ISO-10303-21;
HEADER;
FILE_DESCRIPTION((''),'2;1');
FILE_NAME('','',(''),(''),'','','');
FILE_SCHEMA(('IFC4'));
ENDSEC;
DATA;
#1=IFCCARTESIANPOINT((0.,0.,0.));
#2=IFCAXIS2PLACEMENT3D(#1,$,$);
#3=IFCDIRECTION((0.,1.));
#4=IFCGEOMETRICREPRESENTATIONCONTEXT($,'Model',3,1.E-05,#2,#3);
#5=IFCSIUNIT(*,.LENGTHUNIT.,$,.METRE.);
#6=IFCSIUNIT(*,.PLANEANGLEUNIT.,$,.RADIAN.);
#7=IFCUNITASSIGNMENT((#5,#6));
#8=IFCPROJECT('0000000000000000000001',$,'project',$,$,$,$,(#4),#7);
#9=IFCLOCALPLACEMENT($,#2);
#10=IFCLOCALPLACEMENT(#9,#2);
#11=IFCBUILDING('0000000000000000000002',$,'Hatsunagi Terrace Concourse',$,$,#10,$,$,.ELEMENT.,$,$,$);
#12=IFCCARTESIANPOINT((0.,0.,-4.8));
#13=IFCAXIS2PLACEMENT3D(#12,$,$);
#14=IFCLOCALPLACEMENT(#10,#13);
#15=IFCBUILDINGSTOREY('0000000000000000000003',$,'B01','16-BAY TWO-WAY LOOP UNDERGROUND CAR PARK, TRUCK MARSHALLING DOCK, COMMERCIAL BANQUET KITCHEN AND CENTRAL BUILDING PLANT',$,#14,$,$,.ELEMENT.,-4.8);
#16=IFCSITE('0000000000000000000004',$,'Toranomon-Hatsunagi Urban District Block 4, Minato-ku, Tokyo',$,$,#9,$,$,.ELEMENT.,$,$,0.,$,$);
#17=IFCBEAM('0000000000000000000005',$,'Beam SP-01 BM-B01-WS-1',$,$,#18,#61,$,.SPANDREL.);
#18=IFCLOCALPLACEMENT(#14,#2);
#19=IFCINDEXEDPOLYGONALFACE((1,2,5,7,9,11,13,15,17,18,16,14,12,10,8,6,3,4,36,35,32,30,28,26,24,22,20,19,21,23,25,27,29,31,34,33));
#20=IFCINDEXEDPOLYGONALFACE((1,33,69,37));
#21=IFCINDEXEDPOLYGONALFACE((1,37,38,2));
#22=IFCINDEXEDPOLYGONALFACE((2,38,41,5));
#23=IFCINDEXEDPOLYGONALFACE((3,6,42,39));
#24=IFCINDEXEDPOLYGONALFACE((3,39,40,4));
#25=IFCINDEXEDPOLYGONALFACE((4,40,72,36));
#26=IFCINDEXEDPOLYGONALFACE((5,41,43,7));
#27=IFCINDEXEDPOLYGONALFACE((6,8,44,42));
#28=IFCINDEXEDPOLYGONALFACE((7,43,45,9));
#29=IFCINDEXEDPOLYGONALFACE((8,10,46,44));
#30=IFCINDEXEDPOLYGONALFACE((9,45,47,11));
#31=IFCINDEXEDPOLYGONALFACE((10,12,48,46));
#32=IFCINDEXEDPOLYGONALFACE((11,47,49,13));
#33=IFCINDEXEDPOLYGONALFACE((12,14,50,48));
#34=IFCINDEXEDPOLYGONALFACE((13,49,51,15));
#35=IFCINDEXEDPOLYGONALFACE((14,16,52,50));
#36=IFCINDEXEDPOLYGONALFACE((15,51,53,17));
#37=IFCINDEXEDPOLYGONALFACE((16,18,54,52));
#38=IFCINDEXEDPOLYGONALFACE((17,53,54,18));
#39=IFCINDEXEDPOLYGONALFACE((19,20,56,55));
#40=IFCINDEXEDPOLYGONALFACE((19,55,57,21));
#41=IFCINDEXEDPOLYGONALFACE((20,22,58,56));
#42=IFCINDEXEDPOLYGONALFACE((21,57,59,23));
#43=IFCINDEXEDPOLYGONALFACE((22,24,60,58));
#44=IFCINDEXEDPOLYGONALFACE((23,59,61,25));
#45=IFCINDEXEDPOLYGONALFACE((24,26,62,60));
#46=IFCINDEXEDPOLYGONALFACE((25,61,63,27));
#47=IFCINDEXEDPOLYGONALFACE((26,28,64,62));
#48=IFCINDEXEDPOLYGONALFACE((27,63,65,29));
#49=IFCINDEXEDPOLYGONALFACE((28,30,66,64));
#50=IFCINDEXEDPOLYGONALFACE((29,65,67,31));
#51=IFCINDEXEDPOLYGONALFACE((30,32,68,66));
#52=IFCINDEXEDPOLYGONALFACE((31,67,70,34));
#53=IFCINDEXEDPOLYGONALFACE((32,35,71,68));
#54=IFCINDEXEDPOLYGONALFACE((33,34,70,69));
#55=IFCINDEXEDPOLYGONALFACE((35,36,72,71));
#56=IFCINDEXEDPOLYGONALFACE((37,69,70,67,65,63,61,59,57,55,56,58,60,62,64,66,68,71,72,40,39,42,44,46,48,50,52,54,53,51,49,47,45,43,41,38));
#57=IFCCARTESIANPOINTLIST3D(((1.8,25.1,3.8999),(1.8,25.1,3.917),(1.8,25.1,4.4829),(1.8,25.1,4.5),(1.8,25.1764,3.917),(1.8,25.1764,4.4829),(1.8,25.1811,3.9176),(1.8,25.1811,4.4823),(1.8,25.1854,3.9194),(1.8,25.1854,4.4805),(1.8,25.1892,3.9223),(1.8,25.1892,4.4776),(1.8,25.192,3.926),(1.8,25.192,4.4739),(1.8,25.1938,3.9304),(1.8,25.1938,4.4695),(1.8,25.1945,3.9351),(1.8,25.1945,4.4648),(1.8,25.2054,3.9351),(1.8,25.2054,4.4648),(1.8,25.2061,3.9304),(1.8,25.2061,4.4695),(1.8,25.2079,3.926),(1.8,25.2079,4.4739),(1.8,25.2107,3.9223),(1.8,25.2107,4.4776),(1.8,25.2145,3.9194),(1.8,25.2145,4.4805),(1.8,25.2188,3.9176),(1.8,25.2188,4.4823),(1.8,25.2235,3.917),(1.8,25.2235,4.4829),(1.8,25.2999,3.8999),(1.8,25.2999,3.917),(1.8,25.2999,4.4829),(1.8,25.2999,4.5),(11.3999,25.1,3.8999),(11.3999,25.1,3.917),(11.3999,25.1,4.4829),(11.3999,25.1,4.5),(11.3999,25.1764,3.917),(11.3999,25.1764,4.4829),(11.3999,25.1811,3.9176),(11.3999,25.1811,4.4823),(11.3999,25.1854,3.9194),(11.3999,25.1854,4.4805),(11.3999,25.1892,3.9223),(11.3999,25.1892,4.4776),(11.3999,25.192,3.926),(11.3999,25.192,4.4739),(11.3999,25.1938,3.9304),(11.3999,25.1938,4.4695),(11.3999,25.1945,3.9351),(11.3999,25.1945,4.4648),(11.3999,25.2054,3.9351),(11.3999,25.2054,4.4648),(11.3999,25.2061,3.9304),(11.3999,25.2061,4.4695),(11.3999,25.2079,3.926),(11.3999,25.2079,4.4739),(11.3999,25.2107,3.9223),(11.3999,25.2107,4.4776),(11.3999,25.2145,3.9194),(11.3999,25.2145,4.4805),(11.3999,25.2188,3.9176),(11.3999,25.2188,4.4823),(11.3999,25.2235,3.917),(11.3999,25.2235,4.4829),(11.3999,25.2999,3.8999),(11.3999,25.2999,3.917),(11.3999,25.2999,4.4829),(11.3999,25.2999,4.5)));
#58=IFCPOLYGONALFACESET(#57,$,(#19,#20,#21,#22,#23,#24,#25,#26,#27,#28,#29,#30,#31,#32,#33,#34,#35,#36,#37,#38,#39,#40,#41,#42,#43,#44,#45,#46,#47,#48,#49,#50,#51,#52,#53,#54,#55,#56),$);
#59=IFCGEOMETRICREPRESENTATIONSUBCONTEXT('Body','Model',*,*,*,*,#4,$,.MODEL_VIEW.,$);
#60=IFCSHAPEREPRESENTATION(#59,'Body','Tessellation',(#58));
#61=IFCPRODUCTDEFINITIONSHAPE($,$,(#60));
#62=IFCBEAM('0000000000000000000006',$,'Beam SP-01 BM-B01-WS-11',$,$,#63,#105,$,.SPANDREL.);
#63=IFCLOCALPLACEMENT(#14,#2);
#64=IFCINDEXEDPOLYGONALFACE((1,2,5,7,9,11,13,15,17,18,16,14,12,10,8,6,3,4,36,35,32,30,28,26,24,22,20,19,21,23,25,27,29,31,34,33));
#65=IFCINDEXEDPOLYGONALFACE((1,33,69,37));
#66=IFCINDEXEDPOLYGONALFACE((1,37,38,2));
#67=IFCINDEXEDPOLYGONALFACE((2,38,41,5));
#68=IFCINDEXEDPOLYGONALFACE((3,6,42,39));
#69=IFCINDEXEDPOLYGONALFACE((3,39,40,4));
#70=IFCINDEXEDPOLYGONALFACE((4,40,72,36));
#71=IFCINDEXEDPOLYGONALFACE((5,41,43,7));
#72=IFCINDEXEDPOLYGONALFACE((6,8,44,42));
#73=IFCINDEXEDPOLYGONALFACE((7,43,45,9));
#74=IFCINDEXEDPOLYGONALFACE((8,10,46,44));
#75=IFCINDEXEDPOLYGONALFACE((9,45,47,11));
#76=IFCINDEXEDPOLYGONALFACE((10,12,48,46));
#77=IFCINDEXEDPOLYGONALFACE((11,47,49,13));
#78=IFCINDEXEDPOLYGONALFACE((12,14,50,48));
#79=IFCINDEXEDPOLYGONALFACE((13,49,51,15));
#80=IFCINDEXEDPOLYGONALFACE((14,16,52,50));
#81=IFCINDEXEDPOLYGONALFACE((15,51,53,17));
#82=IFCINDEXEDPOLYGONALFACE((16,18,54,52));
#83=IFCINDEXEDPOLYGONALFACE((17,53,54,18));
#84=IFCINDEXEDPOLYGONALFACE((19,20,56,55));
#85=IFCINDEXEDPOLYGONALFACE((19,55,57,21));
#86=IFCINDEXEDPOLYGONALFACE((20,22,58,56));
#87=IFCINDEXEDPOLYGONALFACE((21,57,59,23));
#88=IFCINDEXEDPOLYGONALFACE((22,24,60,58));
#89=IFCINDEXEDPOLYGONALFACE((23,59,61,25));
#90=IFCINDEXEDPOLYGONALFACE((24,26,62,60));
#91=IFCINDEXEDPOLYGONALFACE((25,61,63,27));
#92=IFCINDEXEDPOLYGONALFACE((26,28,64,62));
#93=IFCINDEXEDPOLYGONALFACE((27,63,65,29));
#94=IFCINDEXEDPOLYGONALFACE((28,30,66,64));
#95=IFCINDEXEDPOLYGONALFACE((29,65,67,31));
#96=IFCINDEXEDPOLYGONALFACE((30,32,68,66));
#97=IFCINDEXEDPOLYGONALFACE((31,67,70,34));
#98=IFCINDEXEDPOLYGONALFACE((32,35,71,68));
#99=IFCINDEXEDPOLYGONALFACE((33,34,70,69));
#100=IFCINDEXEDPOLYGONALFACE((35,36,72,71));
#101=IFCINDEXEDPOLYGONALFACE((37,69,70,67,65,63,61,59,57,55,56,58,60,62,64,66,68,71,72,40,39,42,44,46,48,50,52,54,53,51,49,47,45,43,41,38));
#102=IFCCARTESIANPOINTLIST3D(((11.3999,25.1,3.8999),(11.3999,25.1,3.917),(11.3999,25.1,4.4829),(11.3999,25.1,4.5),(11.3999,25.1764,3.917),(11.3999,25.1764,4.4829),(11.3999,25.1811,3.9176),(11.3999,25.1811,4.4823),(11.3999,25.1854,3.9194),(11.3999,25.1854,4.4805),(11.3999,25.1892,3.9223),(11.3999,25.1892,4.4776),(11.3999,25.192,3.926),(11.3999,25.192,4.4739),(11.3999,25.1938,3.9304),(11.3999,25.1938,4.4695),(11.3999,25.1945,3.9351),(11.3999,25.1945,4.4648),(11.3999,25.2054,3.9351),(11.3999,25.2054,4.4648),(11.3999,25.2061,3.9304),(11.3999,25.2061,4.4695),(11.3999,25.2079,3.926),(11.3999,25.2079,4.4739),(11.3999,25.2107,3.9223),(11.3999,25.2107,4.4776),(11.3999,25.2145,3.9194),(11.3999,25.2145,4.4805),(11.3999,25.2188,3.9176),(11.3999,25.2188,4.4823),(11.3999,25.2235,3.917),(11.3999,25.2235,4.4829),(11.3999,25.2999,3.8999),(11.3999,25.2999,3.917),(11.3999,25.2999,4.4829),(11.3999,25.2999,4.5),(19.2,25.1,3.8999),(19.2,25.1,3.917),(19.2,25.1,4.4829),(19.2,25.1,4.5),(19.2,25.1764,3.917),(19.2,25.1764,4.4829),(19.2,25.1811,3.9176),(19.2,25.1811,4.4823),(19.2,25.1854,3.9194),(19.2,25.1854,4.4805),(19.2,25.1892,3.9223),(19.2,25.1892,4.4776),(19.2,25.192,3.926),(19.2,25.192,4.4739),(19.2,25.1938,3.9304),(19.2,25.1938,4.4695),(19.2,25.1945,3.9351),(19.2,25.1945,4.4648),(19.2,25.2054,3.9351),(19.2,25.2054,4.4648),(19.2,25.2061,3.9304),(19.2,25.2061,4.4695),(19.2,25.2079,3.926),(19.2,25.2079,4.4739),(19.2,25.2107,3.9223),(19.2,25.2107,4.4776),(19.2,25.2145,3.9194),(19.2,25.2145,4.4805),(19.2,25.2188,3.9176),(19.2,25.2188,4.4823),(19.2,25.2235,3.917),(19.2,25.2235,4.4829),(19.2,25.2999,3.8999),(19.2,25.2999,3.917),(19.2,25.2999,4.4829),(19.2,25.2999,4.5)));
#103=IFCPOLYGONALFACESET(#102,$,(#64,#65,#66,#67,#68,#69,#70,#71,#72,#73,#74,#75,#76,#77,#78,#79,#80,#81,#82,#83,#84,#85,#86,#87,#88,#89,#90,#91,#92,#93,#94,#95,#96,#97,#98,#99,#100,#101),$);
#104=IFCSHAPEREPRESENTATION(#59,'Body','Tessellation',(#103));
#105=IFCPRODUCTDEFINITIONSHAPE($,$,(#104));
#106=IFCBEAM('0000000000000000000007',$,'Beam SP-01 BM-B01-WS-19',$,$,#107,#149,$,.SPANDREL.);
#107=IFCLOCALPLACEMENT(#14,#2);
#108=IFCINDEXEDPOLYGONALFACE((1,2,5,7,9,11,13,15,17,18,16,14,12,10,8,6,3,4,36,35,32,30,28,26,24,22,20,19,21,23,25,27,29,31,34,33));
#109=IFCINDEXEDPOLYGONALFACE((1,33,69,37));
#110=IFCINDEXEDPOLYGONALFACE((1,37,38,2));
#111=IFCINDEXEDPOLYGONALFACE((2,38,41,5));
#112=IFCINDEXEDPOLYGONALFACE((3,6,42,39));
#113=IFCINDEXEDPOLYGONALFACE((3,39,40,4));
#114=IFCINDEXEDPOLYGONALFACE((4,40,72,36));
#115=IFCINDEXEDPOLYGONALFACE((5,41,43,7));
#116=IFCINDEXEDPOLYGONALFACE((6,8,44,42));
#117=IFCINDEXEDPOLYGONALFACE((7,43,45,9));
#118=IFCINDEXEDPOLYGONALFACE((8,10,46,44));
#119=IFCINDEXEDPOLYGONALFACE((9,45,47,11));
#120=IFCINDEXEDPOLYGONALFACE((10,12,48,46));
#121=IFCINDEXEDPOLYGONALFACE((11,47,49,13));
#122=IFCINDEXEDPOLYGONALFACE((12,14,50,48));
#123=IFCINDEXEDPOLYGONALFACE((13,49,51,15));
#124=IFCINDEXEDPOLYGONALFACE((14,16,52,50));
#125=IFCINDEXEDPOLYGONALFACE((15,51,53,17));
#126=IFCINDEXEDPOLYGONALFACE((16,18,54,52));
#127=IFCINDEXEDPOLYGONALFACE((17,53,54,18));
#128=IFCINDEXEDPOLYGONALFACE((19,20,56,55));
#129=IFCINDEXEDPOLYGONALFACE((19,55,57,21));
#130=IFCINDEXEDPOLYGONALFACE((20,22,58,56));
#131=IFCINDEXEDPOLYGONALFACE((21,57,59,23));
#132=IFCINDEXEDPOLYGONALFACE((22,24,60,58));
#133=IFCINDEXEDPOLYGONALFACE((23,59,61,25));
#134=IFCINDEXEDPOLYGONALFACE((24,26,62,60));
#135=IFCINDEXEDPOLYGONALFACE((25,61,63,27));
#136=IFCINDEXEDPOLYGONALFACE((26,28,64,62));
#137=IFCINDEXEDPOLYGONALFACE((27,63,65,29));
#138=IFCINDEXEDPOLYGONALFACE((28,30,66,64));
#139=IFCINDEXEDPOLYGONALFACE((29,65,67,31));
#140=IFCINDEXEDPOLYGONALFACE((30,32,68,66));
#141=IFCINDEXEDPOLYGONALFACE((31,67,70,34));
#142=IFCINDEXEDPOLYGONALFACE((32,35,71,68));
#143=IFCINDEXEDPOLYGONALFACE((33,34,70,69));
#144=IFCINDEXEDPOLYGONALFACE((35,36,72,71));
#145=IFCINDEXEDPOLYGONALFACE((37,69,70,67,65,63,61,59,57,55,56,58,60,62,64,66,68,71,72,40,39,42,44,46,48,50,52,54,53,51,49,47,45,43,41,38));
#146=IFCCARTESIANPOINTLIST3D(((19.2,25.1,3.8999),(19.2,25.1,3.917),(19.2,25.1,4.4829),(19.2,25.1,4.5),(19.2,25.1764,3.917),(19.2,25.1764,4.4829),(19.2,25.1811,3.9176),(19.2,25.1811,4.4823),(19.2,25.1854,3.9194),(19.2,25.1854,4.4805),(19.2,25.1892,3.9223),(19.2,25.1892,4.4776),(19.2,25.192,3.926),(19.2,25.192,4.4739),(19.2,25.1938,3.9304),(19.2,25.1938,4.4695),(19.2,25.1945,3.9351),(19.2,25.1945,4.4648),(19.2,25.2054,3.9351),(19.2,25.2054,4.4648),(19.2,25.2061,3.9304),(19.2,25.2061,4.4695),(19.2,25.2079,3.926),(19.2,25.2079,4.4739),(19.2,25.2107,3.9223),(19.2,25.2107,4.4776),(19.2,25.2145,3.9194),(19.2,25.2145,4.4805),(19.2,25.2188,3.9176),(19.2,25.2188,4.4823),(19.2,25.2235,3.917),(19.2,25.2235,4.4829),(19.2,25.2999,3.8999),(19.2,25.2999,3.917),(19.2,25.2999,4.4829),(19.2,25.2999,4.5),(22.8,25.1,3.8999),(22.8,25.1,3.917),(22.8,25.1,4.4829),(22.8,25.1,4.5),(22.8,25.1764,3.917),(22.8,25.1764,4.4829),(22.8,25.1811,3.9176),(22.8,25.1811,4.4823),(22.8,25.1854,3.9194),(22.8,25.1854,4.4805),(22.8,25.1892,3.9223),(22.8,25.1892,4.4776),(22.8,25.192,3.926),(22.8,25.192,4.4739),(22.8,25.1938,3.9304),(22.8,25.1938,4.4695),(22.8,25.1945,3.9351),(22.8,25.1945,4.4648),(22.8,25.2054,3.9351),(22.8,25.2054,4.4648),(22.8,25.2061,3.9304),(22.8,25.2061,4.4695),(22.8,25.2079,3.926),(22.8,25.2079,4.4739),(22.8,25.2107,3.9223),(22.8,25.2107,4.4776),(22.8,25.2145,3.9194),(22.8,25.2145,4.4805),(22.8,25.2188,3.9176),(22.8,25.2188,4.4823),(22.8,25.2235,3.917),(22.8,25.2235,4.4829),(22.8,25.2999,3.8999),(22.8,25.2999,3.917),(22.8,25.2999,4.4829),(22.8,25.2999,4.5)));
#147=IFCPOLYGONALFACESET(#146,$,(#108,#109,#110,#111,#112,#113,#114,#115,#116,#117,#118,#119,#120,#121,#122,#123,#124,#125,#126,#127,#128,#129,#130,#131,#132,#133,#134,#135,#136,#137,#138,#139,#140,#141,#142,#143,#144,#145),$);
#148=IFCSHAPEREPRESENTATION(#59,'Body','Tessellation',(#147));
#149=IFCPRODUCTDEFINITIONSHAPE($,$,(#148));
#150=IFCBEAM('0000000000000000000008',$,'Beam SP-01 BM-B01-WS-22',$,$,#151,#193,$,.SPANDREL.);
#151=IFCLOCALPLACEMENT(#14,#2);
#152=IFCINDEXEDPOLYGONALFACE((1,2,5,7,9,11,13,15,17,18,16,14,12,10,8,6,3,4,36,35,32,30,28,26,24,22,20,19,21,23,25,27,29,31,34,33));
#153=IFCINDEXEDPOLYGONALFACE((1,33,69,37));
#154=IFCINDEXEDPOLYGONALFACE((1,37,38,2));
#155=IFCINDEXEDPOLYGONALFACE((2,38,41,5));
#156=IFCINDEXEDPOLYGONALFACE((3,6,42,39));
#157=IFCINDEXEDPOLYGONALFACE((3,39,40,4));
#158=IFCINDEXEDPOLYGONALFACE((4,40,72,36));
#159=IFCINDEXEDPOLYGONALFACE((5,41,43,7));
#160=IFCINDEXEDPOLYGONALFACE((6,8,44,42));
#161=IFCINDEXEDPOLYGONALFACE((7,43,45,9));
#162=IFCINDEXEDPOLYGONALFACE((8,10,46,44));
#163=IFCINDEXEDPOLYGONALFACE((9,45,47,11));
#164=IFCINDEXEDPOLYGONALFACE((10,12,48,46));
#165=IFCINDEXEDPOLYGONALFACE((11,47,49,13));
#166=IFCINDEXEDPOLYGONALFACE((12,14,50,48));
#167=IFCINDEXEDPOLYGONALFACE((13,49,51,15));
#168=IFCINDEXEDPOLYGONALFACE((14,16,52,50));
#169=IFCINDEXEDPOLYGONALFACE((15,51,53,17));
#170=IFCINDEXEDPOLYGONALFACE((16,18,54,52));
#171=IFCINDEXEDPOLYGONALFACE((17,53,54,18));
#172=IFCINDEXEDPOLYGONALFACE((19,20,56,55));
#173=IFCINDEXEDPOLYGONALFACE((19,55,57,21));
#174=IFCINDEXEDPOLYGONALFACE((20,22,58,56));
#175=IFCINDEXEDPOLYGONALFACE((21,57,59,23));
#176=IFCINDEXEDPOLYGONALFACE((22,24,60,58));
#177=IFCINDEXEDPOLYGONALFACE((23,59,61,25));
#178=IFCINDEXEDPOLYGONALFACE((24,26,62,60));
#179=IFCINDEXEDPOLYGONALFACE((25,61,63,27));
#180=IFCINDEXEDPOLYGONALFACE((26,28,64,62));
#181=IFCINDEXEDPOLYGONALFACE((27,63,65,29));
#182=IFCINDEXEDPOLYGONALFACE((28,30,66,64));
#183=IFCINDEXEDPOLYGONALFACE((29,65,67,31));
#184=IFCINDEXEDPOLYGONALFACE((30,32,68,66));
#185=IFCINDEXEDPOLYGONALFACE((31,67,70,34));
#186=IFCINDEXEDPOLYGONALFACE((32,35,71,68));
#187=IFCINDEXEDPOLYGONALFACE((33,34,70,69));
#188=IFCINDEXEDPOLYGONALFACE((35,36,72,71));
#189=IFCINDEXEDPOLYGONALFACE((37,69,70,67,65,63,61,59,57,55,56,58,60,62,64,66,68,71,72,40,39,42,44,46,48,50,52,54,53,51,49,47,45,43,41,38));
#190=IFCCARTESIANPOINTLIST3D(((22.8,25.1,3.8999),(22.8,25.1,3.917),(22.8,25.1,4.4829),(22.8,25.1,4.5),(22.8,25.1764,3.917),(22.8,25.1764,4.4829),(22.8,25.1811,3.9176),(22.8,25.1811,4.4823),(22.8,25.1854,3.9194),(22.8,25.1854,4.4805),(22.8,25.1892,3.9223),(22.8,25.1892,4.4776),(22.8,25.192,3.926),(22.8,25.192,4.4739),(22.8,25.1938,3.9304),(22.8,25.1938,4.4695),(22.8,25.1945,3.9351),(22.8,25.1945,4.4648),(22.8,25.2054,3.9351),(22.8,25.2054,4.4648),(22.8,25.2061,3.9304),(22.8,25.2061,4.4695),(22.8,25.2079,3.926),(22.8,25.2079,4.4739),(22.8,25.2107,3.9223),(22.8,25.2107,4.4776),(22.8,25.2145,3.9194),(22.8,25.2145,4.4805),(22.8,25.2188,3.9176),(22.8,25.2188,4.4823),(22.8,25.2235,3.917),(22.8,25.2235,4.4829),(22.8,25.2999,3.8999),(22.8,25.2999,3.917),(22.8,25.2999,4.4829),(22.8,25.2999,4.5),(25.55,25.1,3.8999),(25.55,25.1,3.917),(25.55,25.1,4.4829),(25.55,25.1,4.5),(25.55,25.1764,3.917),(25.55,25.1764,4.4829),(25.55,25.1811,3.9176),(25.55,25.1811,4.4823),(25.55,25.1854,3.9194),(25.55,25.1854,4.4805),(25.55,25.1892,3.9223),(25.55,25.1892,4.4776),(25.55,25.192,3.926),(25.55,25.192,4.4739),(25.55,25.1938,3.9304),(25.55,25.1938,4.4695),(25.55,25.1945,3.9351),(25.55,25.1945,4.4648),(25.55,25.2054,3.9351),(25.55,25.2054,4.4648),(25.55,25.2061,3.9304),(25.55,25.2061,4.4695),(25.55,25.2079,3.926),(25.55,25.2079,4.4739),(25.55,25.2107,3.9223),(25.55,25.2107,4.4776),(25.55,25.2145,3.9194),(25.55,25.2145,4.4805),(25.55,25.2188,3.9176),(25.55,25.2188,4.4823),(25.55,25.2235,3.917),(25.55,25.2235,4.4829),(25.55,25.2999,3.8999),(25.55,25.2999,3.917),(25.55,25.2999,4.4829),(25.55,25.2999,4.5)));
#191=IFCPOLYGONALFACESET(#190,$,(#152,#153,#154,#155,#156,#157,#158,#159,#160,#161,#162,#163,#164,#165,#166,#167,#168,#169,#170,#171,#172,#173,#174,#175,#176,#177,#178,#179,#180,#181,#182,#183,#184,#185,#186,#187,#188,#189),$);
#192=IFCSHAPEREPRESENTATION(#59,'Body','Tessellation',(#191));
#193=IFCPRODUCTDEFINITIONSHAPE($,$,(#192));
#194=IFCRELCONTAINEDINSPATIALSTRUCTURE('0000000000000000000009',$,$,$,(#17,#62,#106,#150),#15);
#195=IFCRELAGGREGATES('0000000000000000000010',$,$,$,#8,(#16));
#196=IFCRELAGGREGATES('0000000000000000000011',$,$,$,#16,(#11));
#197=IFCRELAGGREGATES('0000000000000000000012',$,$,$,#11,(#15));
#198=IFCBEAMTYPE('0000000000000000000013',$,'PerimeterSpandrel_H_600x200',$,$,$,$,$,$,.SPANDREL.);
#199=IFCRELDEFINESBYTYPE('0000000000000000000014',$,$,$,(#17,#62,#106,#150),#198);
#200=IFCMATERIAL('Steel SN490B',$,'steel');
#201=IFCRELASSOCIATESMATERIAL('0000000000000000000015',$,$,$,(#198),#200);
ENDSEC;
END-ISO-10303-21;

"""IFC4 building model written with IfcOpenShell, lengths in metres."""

from ifc_helpers import new_model, si_unit, direction, frame, origin, origin_2d, place, context, subcontext, project, spatial, i_section, extrude, material, material_profile, profile_set, type_object, element, save


model = new_model("IFC4")

# Units and contexts
model_context = context("Model", 3, precision=1e-05, world=origin(), true_north=direction((0.0, 1.0)))
body_context = subcontext(model_context, "Body", "Model", "MODEL_VIEW")
ifc_project = project(units=[si_unit("LENGTHUNIT", "METRE"), si_unit("PLANEANGLEUNIT", "RADIAN")], contexts=[model_context])

# Site, building, storey
site_placement = place(None, origin())
site = spatial("IfcSite", under=ifc_project, at=site_placement, Name="Toranomon-Hatsunagi Urban District Block 4, Minato-ku, Tokyo", CompositionType="ELEMENT", RefElevation=0.0)
building_placement = place(site_placement, origin())
building = spatial("IfcBuilding", under=site, at=building_placement, Name="Hatsunagi Terrace Concourse", CompositionType="ELEMENT")
storey_placement = place(building_placement, frame((0.0, 0.0, -4.8)))
storey = spatial("IfcBuildingStorey", under=building, at=storey_placement, Name="B01", Description="16-BAY TWO-WAY LOOP UNDERGROUND CAR PARK, TRUCK MARSHALLING DOCK, COMMERCIAL BANQUET KITCHEN AND CENTRAL BUILDING PLANT", CompositionType="ELEMENT", Elevation=-4.8)

# Beams
ifc_material_1 = material(Name="Steel SN490B", Category="steel")
ifc_material_profile_1 = material_profile(ifc_material_1, i_section(OverallWidth=0.2, OverallDepth=0.6001, WebThickness=0.011, FlangeThickness=0.0171, FilletRadius=0.0181, at=origin_2d()), Name="H-600x200x11x17")
ifc_profile_set_1 = profile_set([ifc_material_profile_1], Name="Steel SN490B")
beam_type_1 = type_object("IfcBeamType", Name="PerimeterSpandrel_H_600x200", PredefinedType="SPANDREL", material=ifc_profile_set_1)
beam_1_placement = place(storey_placement, frame((1.8, 25.2, 4.2), z_axis=(1.0, 0.0, 0.0), x_axis=(0.0, 1.0, 0.0)))
element("IfcBeam", 1, at=beam_1_placement, inside=storey, type_object=beam_type_1, Name="Beam SP-01 BM-B01-WS-1", PredefinedType="SPANDREL", context=body_context, shape_type="SweptSolid", body=[
    extrude(i_section(OverallWidth=0.2, OverallDepth=0.6001, WebThickness=0.011, FlangeThickness=0.0171, FilletRadius=0.0181, at=origin_2d()), origin(), (0.0, 0.0, 1.0), 9.5999),
])
beam_2_placement = place(storey_placement, frame((11.3999, 25.2, 4.2), z_axis=(1.0, 0.0, 0.0), x_axis=(0.0, 1.0, 0.0)))
element("IfcBeam", 2, at=beam_2_placement, inside=storey, type_object=beam_type_1, Name="Beam SP-01 BM-B01-WS-11", PredefinedType="SPANDREL", context=body_context, shape_type="SweptSolid", body=[
    extrude(i_section(OverallWidth=0.2, OverallDepth=0.6001, WebThickness=0.011, FlangeThickness=0.0171, FilletRadius=0.0181, at=origin_2d()), origin(), (0.0, 0.0, 1.0), 7.8),
])
beam_3_placement = place(storey_placement, frame((19.2, 25.2, 4.2), z_axis=(1.0, 0.0, 0.0), x_axis=(0.0, 1.0, 0.0)))
element("IfcBeam", 3, at=beam_3_placement, inside=storey, type_object=beam_type_1, Name="Beam SP-01 BM-B01-WS-19", PredefinedType="SPANDREL", context=body_context, shape_type="SweptSolid", body=[
    extrude(i_section(OverallWidth=0.2, OverallDepth=0.6001, WebThickness=0.011, FlangeThickness=0.0171, FilletRadius=0.0181, at=origin_2d()), origin(), (0.0, 0.0, 1.0), 3.6001),
])
beam_4_placement = place(storey_placement, frame((22.8, 25.2, 4.2), z_axis=(1.0, 0.0, 0.0), x_axis=(0.0, 1.0, 0.0)))
element("IfcBeam", 4, at=beam_4_placement, inside=storey, type_object=beam_type_1, Name="Beam SP-01 BM-B01-WS-22", PredefinedType="SPANDREL", context=body_context, shape_type="SweptSolid", body=[
    extrude(i_section(OverallWidth=0.2, OverallDepth=0.6001, WebThickness=0.011, FlangeThickness=0.0171, FilletRadius=0.0181, at=origin_2d()), origin(), (0.0, 0.0, 1.0), 2.75),
])

save(model, "model.ifc")
